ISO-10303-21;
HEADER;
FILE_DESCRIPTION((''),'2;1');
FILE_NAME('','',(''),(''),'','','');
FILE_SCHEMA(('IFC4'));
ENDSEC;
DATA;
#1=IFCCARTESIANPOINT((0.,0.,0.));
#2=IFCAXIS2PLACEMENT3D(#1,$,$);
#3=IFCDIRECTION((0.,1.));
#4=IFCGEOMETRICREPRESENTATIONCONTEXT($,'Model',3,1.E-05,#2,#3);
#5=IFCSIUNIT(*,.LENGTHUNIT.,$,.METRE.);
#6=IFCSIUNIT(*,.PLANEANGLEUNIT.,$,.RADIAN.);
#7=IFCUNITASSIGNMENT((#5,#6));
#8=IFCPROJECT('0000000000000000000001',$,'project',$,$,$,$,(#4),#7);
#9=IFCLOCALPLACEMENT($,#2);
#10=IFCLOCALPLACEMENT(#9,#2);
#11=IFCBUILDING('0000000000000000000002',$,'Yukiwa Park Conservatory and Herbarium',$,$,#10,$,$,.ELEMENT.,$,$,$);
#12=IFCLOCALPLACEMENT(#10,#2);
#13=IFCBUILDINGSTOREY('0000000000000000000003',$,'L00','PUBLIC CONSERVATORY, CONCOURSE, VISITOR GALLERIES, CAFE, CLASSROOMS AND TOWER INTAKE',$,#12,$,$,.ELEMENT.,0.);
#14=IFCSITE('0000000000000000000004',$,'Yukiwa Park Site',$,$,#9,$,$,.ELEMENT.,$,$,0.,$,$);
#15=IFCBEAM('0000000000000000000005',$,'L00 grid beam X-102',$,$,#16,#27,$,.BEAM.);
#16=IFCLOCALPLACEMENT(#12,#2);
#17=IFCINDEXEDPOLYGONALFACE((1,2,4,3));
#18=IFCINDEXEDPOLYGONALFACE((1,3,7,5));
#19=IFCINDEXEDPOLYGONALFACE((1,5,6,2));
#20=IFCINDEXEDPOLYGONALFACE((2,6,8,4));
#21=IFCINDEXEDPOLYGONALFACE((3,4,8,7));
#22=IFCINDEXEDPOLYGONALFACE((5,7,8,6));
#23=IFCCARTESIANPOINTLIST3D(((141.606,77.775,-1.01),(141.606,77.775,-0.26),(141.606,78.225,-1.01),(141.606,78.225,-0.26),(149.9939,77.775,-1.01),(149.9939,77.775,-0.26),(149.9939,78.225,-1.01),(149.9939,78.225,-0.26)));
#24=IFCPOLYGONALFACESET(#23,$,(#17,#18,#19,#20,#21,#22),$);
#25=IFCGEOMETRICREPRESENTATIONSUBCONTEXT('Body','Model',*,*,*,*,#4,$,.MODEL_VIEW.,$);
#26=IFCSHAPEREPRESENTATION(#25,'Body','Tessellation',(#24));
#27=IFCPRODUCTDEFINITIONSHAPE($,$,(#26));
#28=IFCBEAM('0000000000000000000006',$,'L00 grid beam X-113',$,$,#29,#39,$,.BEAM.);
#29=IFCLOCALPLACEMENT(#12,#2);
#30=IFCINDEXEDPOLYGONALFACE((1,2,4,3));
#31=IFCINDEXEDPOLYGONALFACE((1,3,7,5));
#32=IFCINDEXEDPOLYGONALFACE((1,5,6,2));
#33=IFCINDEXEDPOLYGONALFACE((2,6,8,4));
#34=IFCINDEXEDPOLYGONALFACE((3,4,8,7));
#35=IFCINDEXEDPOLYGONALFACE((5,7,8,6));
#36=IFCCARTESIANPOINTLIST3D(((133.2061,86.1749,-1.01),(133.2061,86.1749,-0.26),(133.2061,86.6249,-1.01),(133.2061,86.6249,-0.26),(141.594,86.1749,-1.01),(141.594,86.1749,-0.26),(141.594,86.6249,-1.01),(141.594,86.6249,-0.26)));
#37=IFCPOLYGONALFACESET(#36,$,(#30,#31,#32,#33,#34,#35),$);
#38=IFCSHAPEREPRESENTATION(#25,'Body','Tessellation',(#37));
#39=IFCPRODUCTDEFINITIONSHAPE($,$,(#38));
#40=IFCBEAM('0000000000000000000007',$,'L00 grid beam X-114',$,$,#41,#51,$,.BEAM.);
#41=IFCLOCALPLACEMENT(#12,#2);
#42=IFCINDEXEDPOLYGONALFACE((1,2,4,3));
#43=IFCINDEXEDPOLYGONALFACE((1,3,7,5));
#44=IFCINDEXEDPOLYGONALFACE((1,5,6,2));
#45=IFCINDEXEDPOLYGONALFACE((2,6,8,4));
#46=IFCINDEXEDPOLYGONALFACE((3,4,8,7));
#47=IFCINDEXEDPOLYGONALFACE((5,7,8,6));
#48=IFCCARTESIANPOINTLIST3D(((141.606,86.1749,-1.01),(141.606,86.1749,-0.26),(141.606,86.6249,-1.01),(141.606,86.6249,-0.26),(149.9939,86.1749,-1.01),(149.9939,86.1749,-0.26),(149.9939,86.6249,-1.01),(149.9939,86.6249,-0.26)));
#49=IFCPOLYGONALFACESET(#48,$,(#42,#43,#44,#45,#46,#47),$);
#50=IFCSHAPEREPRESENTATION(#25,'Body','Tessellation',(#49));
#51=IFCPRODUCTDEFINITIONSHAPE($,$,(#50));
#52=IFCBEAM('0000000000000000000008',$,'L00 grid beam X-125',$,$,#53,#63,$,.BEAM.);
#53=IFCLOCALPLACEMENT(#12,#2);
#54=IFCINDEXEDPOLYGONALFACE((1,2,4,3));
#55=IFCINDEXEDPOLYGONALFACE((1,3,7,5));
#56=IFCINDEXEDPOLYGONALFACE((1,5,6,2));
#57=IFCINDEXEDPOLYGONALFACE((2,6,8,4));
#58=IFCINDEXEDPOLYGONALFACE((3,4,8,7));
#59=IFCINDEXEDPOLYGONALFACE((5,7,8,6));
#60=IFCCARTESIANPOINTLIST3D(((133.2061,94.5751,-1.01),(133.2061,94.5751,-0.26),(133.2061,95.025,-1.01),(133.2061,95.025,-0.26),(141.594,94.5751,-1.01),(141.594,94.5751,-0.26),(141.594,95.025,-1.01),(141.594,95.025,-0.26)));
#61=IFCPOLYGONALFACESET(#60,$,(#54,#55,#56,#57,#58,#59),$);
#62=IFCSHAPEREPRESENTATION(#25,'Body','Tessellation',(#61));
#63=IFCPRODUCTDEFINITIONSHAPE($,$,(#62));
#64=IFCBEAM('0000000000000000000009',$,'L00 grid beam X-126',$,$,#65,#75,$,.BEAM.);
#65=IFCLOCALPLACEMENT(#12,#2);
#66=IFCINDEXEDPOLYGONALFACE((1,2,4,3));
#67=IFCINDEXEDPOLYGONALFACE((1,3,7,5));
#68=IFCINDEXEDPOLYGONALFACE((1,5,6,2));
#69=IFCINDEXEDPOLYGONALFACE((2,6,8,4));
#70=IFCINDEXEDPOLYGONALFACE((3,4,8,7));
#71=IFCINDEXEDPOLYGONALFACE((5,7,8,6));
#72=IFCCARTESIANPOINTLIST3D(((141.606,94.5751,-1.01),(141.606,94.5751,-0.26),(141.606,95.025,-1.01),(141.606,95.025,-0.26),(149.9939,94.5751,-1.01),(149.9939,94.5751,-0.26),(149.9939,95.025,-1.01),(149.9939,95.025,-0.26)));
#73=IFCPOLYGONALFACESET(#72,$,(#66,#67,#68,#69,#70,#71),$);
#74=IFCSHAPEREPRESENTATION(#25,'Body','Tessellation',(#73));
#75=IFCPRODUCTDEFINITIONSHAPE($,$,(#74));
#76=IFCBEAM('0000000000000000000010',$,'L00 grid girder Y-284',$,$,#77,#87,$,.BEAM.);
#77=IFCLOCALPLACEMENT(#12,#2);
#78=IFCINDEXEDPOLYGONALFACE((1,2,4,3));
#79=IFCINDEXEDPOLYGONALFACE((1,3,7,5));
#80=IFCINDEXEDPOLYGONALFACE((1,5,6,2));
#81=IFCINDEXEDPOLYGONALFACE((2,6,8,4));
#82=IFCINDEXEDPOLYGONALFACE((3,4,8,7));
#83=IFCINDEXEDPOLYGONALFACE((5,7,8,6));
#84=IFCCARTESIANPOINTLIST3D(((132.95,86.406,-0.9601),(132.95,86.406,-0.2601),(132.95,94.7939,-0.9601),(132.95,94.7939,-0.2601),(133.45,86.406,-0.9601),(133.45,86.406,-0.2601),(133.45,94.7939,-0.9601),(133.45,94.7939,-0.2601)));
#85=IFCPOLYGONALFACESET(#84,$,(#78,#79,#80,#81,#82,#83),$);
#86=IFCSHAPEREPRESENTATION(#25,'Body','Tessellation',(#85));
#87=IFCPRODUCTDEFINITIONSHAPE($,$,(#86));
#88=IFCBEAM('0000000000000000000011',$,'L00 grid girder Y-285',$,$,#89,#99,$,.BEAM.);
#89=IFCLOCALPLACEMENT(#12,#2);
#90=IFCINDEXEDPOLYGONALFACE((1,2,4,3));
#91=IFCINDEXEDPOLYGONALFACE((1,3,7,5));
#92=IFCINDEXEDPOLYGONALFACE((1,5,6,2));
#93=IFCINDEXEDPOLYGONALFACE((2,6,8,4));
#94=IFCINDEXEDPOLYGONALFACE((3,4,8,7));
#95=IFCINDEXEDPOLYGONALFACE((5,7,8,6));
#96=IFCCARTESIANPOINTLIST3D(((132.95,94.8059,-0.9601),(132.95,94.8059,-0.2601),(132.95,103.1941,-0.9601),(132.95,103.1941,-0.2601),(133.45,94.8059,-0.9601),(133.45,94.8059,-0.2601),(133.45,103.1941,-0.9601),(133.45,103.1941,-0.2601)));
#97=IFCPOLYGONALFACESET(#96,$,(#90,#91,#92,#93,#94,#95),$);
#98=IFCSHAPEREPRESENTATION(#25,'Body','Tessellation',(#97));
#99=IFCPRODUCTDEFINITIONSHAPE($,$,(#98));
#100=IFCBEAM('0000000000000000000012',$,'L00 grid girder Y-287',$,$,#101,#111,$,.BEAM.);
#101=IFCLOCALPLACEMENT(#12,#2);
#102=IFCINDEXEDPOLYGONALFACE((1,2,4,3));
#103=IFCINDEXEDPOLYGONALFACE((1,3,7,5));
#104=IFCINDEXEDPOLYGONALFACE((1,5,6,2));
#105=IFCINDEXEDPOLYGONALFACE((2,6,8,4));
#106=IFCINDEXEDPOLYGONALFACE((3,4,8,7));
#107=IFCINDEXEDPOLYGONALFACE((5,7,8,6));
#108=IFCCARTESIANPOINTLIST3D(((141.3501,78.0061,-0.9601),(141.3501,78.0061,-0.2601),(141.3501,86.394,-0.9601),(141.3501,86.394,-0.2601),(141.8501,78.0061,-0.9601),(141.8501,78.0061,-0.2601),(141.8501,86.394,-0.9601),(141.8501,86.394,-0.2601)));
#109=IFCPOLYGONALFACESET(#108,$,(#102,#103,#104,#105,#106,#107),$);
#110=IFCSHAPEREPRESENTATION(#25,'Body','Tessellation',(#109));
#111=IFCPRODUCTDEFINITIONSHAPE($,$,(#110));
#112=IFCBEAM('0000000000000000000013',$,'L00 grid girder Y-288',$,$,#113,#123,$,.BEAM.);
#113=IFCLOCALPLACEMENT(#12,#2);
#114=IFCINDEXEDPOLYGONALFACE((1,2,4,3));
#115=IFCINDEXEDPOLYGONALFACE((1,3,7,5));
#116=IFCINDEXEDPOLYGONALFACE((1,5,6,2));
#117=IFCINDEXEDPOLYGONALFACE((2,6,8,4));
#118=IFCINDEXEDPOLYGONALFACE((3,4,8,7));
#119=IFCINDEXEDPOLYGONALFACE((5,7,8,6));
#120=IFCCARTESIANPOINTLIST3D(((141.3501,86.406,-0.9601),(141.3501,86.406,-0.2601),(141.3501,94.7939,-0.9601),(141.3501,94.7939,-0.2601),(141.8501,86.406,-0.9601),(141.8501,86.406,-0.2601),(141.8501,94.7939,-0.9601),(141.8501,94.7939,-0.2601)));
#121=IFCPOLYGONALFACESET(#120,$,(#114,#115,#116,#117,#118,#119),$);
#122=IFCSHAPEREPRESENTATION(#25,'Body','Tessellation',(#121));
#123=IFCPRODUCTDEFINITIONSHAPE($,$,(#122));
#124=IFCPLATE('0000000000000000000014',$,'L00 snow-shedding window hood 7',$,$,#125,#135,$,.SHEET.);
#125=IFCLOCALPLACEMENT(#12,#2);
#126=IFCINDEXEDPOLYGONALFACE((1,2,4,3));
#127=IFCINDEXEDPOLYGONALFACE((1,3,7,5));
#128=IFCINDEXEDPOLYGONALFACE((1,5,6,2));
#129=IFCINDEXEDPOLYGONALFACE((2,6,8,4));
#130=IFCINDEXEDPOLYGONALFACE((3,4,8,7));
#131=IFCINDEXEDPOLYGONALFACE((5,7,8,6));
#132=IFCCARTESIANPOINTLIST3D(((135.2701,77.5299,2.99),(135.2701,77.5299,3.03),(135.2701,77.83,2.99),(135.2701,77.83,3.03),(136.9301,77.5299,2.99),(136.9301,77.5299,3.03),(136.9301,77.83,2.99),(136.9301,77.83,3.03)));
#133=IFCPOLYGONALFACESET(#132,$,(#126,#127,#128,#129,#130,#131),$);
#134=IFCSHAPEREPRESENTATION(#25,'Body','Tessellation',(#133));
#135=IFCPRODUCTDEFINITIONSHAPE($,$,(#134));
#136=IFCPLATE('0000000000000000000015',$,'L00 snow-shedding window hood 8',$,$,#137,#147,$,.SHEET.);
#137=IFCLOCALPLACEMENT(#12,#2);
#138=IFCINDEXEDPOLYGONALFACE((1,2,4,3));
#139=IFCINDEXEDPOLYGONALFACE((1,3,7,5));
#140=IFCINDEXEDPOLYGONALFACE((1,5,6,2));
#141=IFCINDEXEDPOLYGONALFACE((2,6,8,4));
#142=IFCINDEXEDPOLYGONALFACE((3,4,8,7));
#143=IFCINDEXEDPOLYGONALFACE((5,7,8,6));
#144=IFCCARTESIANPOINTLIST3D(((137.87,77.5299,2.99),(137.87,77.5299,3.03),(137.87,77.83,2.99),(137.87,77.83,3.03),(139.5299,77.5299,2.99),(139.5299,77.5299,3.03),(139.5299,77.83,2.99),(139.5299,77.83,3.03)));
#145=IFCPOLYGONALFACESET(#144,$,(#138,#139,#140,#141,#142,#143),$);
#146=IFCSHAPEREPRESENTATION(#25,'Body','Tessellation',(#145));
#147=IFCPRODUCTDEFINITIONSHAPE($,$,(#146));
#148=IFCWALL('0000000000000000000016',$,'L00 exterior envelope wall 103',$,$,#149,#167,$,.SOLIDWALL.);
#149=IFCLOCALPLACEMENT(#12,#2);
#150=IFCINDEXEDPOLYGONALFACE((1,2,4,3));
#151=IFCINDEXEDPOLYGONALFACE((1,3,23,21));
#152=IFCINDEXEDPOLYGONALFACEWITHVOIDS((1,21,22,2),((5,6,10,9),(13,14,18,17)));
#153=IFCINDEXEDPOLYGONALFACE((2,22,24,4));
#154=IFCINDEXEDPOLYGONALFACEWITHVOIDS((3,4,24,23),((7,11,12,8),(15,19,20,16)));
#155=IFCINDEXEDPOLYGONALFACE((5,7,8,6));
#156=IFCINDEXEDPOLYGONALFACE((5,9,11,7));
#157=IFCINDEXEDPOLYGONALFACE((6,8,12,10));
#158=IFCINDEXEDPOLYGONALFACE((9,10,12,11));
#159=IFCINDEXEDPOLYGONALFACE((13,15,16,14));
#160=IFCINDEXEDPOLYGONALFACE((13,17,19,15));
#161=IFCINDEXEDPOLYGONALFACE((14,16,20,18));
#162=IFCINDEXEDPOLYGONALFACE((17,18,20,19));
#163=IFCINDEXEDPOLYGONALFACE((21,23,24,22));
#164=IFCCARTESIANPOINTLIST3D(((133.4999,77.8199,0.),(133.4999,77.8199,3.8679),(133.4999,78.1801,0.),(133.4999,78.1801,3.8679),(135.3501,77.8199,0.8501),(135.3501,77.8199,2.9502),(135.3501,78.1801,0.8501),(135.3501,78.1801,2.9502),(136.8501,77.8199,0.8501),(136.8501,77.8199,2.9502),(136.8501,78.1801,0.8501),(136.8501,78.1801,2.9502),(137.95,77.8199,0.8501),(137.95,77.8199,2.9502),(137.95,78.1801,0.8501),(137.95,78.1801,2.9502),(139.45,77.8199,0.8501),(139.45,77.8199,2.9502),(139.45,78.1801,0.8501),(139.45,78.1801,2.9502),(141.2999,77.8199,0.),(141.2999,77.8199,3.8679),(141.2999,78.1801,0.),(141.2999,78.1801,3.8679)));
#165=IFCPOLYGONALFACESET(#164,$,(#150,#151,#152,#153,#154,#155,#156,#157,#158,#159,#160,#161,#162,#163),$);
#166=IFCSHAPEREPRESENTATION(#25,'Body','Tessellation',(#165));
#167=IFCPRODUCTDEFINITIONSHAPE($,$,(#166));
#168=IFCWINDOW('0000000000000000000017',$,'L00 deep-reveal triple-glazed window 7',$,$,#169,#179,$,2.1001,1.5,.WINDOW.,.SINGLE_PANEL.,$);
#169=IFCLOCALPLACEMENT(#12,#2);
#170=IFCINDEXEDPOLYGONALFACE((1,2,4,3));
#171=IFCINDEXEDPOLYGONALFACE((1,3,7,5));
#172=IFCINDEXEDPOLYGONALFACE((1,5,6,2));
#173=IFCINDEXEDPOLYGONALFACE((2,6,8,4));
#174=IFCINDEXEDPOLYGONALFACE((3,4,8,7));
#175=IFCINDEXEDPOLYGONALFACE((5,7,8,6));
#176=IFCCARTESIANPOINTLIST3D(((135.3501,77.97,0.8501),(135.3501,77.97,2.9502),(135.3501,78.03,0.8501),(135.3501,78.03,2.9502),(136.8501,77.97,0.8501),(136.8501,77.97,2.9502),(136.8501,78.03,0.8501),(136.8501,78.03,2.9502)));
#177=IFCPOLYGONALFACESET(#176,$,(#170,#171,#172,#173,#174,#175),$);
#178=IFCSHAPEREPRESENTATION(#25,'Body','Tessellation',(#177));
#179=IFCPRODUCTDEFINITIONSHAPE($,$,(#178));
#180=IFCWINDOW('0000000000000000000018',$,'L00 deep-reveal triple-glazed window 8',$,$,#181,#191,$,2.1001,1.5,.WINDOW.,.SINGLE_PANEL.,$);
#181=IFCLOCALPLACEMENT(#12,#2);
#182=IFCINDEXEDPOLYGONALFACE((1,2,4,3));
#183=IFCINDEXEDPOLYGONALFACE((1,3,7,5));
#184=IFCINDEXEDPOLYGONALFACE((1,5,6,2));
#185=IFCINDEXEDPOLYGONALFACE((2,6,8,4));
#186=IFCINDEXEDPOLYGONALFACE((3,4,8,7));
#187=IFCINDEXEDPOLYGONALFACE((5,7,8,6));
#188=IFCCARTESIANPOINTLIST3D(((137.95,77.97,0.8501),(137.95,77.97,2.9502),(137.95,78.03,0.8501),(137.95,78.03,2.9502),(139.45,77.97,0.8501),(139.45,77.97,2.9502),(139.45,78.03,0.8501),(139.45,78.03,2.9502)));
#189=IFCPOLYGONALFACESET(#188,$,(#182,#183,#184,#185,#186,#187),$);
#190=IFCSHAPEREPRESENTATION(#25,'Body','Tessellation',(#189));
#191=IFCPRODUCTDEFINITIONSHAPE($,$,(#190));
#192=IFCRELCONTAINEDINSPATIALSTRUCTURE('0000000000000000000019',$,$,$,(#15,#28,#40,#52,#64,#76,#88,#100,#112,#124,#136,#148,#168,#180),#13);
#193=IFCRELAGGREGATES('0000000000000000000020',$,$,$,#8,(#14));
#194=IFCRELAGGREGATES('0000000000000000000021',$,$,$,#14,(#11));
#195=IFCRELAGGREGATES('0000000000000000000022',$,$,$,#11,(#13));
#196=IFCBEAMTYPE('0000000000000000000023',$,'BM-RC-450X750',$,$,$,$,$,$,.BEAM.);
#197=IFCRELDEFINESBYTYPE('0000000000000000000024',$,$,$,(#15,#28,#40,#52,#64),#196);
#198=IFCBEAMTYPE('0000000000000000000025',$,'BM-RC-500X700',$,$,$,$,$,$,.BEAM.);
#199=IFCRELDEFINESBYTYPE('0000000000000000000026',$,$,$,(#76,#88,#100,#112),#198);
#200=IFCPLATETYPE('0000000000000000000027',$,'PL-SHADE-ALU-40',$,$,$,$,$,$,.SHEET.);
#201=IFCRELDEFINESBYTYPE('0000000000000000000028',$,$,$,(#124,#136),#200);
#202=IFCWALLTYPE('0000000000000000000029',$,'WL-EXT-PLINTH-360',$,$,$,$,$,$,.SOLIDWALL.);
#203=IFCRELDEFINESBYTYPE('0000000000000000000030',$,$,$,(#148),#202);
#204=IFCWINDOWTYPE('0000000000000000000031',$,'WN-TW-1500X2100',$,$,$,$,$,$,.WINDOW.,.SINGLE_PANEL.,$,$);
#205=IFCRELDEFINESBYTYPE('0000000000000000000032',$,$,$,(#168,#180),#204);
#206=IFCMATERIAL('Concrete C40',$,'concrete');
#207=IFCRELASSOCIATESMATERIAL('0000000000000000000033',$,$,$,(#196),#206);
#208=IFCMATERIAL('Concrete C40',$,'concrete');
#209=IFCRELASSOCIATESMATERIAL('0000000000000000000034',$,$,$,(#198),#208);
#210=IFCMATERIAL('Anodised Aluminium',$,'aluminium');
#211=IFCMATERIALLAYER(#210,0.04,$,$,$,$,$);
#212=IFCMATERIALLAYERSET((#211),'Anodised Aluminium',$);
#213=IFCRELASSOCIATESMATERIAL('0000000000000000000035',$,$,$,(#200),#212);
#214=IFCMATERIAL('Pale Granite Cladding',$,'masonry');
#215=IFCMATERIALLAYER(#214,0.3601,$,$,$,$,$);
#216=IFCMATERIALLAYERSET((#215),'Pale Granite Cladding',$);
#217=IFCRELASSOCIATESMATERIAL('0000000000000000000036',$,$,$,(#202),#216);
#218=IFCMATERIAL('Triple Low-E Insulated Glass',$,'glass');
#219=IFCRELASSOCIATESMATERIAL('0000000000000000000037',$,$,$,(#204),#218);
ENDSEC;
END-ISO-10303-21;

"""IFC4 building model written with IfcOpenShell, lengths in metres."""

from ifc_helpers import new_model, si_unit, direction, frame, frame_2d, origin, origin_2d, place, context, subcontext, project, spatial, rectangle, extrude, material, layer, layer_set, material_profile, profile_set, type_object, element, fill, save


model = new_model("IFC4")

# Units and contexts
model_context = context("Model", 3, precision=1e-05, world=origin(), true_north=direction((0.0, 1.0)))
body_context = subcontext(model_context, "Body", "Model", "MODEL_VIEW")
ifc_project = project(units=[si_unit("LENGTHUNIT", "METRE"), si_unit("PLANEANGLEUNIT", "RADIAN")], contexts=[model_context])

# Site, building, storey
site_placement = place(None, origin())
site = spatial("IfcSite", under=ifc_project, at=site_placement, Name="Yukiwa Park Site", CompositionType="ELEMENT", RefElevation=0.0)
building_placement = place(site_placement, origin())
building = spatial("IfcBuilding", under=site, at=building_placement, Name="Yukiwa Park Conservatory and Herbarium", CompositionType="ELEMENT")
storey_placement = place(building_placement, origin())
storey = spatial("IfcBuildingStorey", under=building, at=storey_placement, Name="L00", Description="PUBLIC CONSERVATORY, CONCOURSE, VISITOR GALLERIES, CAFE, CLASSROOMS AND TOWER INTAKE", CompositionType="ELEMENT", Elevation=0.0)

# Beams
ifc_material_1 = material(Name="Concrete C40", Category="concrete")
ifc_material_profile_1 = material_profile(ifc_material_1, rectangle(XDim=0.45, YDim=0.75, at=origin_2d()), Name="RC 450x750")
ifc_profile_set_1 = profile_set([ifc_material_profile_1], Name="Concrete C40")
beam_type_1 = type_object("IfcBeamType", Name="BM-RC-450X750", PredefinedType="BEAM", material=ifc_profile_set_1)
for number, where, z_axis, x_axis, name in (
    (1, (141.606, 78.0, -0.635), (1.0, 0.0, 0.0), (0.0, 1.0, 0.0), "L00 grid beam X-102"),
    (2, (133.2061, 86.3999, -0.635), (1.0, 0.0, 0.0), (0.0, 1.0, 0.0), "L00 grid beam X-113"),
    (3, (141.606, 86.3999, -0.635), (1.0, 0.0, 0.0), (0.0, 1.0, 0.0), "L00 grid beam X-114"),
    (4, (133.2061, 94.8, -0.635), (1.0, 0.0, 0.0), (0.0, 1.0, 0.0), "L00 grid beam X-125"),
    (5, (141.606, 94.8, -0.635), (1.0, 0.0, 0.0), (0.0, 1.0, 0.0), "L00 grid beam X-126"),
):
    element("IfcBeam", number, at=place(storey_placement, frame(where, z_axis=z_axis, x_axis=x_axis)), inside=storey, type_object=beam_type_1, Name=name, PredefinedType="BEAM", context=body_context, shape_type="SweptSolid", body=[
        extrude(rectangle(XDim=0.45, YDim=0.75, at=origin_2d()), origin(), (0.0, 0.0, 1.0), 8.3879),
    ])
ifc_material_2 = material(Name="Concrete C40", Category="concrete")
ifc_material_profile_2 = material_profile(ifc_material_2, rectangle(XDim=0.5, YDim=0.7, at=origin_2d()), Name="RC 500x700")
ifc_profile_set_2 = profile_set([ifc_material_profile_2], Name="Concrete C40")
beam_type_2 = type_object("IfcBeamType", Name="BM-RC-500X700", PredefinedType="BEAM", material=ifc_profile_set_2)
beam_1_placement = place(storey_placement, frame((133.2, 86.406, -0.6101), z_axis=(0.0, 1.0, 0.0), x_axis=(-1.0, 0.0, 0.0)))
element("IfcBeam", 6, at=beam_1_placement, inside=storey, type_object=beam_type_2, Name="L00 grid girder Y-284", PredefinedType="BEAM", context=body_context, shape_type="SweptSolid", body=[
    extrude(rectangle(XDim=0.5, YDim=0.7, at=origin_2d()), origin(), (0.0, 0.0, 1.0), 8.3879),
])
beam_2_placement = place(storey_placement, frame((133.2, 94.8059, -0.6101), z_axis=(0.0, 1.0, 0.0), x_axis=(-1.0, 0.0, 0.0)))
element("IfcBeam", 7, at=beam_2_placement, inside=storey, type_object=beam_type_2, Name="L00 grid girder Y-285", PredefinedType="BEAM", context=body_context, shape_type="SweptSolid", body=[
    extrude(rectangle(XDim=0.5, YDim=0.7, at=origin_2d()), origin(), (0.0, 0.0, 1.0), 8.3882),
])
for number, where, z_axis, x_axis, name in (
    (8, (141.6001, 78.0061, -0.6101), (0.0, 1.0, 0.0), (-1.0, 0.0, 0.0), "L00 grid girder Y-287"),
    (9, (141.6001, 86.406, -0.6101), (0.0, 1.0, 0.0), (-1.0, 0.0, 0.0), "L00 grid girder Y-288"),
):
    element("IfcBeam", number, at=place(storey_placement, frame(where, z_axis=z_axis, x_axis=x_axis)), inside=storey, type_object=beam_type_2, Name=name, PredefinedType="BEAM", context=body_context, shape_type="SweptSolid", body=[
        extrude(rectangle(XDim=0.5, YDim=0.7, at=origin_2d()), origin(), (0.0, 0.0, 1.0), 8.3879),
    ])

# Plates
ifc_material_3 = material(Name="Anodised Aluminium", Category="aluminium")
ifc_layer_1 = layer(ifc_material_3, 0.04)
ifc_layer_set_1 = layer_set([ifc_layer_1], Name="Anodised Aluminium")
plate_type = type_object("IfcPlateType", Name="PL-SHADE-ALU-40", PredefinedType="SHEET", material=ifc_layer_set_1)
for number, where, z_axis, x_axis, name in (
    (10, (136.1001, 77.6799, 2.99), (0.0, 0.0, 1.0), (1.0, 0.0, 0.0), "L00 snow-shedding window hood 7"),
    (11, (138.7, 77.6799, 2.99), (0.0, 0.0, 1.0), (1.0, 0.0, 0.0), "L00 snow-shedding window hood 8"),
):
    element("IfcPlate", number, at=place(storey_placement, frame(where, z_axis=z_axis, x_axis=x_axis)), inside=storey, type_object=plate_type, Name=name, PredefinedType="SHEET", context=body_context, shape_type="SweptSolid", body=[
        extrude(rectangle(XDim=1.6599, YDim=0.3, at=origin_2d()), origin(), (0.0, 0.0, 1.0), 0.04),
    ])

# Wall, openings, windows
ifc_material_4 = material(Name="Pale Granite Cladding", Category="masonry")
ifc_layer_2 = layer(ifc_material_4, 0.3601)
ifc_layer_set_2 = layer_set([ifc_layer_2], Name="Pale Granite Cladding")
wall_type_1 = type_object("IfcWallType", Name="WL-EXT-PLINTH-360", PredefinedType="SOLIDWALL", material=ifc_layer_set_2)
wall_1_placement = place(storey_placement, frame((133.5, 78.0, 0.0), z_axis=(0.0, 0.0, 1.0), x_axis=(1.0, 0.0, 0.0)))
wall_1 = element("IfcWall", 12, at=wall_1_placement, inside=storey, type_object=wall_type_1, Name="L00 exterior envelope wall 103", PredefinedType="SOLIDWALL", context=body_context, shape_type="SweptSolid", body=[
    extrude(rectangle(XDim=7.8, YDim=0.3601, at=frame_2d((3.8999, 0.0))), origin(), (0.0, 0.0, 1.0), 3.8679),
])
opening_1_placement = place(wall_1_placement, frame((1.8501, 0.0, 0.8501)))
opening_1 = element("IfcOpeningElement", 13, at=opening_1_placement, cuts=wall_1, PredefinedType="OPENING", context=body_context, shape_type="SweptSolid", body=[
    extrude(rectangle(XDim=1.5, YDim=2.1001, at=frame_2d((0.75, 1.05))), frame((0.0, 0.1899, 0.0), z_axis=(0.0, -1.0, 0.0), x_axis=(1.0, 0.0, 0.0)), (0.0, 0.0, 1.0), 0.3801),
])
opening_2_placement = place(wall_1_placement, frame((4.45, 0.0, 0.8501)))
opening_2 = element("IfcOpeningElement", 14, at=opening_2_placement, cuts=wall_1, PredefinedType="OPENING", context=body_context, shape_type="SweptSolid", body=[
    extrude(rectangle(XDim=1.5, YDim=2.1001, at=frame_2d((0.75, 1.05))), frame((0.0, 0.1899, 0.0), z_axis=(0.0, -1.0, 0.0), x_axis=(1.0, 0.0, 0.0)), (0.0, 0.0, 1.0), 0.3801),
])
ifc_material_5 = material(Name="Triple Low-E Insulated Glass", Category="glass")
window_type = type_object("IfcWindowType", Name="WN-TW-1500X2100", PartitioningType="SINGLE_PANEL", PredefinedType="WINDOW", material=ifc_material_5)
window_1_placement = place(opening_1_placement, origin())
window_1 = element("IfcWindow", 15, at=window_1_placement, inside=storey, type_object=window_type, Name="L00 deep-reveal triple-glazed window 7", OverallHeight=2.1001, OverallWidth=1.5, PartitioningType="SINGLE_PANEL", PredefinedType="WINDOW", context=body_context, shape_type="SweptSolid", body=[
    extrude(rectangle(XDim=1.5, YDim=2.1001, at=frame_2d((0.75, 1.05))), frame((0.0, 0.03, 0.0), z_axis=(0.0, -1.0, 0.0), x_axis=(1.0, 0.0, 0.0)), (0.0, 0.0, 1.0), 0.0601),
])
fill(opening_1, window_1)
window_2_placement = place(opening_2_placement, origin())
window_2 = element("IfcWindow", 16, at=window_2_placement, inside=storey, type_object=window_type, Name="L00 deep-reveal triple-glazed window 8", OverallHeight=2.1001, OverallWidth=1.5, PartitioningType="SINGLE_PANEL", PredefinedType="WINDOW", context=body_context, shape_type="SweptSolid", body=[
    extrude(rectangle(XDim=1.5, YDim=2.1001, at=frame_2d((0.75, 1.05))), frame((0.0, 0.03, 0.0), z_axis=(0.0, -1.0, 0.0), x_axis=(1.0, 0.0, 0.0)), (0.0, 0.0, 1.0), 0.0601),
])
fill(opening_2, window_2)

save(model, "model.ifc")
